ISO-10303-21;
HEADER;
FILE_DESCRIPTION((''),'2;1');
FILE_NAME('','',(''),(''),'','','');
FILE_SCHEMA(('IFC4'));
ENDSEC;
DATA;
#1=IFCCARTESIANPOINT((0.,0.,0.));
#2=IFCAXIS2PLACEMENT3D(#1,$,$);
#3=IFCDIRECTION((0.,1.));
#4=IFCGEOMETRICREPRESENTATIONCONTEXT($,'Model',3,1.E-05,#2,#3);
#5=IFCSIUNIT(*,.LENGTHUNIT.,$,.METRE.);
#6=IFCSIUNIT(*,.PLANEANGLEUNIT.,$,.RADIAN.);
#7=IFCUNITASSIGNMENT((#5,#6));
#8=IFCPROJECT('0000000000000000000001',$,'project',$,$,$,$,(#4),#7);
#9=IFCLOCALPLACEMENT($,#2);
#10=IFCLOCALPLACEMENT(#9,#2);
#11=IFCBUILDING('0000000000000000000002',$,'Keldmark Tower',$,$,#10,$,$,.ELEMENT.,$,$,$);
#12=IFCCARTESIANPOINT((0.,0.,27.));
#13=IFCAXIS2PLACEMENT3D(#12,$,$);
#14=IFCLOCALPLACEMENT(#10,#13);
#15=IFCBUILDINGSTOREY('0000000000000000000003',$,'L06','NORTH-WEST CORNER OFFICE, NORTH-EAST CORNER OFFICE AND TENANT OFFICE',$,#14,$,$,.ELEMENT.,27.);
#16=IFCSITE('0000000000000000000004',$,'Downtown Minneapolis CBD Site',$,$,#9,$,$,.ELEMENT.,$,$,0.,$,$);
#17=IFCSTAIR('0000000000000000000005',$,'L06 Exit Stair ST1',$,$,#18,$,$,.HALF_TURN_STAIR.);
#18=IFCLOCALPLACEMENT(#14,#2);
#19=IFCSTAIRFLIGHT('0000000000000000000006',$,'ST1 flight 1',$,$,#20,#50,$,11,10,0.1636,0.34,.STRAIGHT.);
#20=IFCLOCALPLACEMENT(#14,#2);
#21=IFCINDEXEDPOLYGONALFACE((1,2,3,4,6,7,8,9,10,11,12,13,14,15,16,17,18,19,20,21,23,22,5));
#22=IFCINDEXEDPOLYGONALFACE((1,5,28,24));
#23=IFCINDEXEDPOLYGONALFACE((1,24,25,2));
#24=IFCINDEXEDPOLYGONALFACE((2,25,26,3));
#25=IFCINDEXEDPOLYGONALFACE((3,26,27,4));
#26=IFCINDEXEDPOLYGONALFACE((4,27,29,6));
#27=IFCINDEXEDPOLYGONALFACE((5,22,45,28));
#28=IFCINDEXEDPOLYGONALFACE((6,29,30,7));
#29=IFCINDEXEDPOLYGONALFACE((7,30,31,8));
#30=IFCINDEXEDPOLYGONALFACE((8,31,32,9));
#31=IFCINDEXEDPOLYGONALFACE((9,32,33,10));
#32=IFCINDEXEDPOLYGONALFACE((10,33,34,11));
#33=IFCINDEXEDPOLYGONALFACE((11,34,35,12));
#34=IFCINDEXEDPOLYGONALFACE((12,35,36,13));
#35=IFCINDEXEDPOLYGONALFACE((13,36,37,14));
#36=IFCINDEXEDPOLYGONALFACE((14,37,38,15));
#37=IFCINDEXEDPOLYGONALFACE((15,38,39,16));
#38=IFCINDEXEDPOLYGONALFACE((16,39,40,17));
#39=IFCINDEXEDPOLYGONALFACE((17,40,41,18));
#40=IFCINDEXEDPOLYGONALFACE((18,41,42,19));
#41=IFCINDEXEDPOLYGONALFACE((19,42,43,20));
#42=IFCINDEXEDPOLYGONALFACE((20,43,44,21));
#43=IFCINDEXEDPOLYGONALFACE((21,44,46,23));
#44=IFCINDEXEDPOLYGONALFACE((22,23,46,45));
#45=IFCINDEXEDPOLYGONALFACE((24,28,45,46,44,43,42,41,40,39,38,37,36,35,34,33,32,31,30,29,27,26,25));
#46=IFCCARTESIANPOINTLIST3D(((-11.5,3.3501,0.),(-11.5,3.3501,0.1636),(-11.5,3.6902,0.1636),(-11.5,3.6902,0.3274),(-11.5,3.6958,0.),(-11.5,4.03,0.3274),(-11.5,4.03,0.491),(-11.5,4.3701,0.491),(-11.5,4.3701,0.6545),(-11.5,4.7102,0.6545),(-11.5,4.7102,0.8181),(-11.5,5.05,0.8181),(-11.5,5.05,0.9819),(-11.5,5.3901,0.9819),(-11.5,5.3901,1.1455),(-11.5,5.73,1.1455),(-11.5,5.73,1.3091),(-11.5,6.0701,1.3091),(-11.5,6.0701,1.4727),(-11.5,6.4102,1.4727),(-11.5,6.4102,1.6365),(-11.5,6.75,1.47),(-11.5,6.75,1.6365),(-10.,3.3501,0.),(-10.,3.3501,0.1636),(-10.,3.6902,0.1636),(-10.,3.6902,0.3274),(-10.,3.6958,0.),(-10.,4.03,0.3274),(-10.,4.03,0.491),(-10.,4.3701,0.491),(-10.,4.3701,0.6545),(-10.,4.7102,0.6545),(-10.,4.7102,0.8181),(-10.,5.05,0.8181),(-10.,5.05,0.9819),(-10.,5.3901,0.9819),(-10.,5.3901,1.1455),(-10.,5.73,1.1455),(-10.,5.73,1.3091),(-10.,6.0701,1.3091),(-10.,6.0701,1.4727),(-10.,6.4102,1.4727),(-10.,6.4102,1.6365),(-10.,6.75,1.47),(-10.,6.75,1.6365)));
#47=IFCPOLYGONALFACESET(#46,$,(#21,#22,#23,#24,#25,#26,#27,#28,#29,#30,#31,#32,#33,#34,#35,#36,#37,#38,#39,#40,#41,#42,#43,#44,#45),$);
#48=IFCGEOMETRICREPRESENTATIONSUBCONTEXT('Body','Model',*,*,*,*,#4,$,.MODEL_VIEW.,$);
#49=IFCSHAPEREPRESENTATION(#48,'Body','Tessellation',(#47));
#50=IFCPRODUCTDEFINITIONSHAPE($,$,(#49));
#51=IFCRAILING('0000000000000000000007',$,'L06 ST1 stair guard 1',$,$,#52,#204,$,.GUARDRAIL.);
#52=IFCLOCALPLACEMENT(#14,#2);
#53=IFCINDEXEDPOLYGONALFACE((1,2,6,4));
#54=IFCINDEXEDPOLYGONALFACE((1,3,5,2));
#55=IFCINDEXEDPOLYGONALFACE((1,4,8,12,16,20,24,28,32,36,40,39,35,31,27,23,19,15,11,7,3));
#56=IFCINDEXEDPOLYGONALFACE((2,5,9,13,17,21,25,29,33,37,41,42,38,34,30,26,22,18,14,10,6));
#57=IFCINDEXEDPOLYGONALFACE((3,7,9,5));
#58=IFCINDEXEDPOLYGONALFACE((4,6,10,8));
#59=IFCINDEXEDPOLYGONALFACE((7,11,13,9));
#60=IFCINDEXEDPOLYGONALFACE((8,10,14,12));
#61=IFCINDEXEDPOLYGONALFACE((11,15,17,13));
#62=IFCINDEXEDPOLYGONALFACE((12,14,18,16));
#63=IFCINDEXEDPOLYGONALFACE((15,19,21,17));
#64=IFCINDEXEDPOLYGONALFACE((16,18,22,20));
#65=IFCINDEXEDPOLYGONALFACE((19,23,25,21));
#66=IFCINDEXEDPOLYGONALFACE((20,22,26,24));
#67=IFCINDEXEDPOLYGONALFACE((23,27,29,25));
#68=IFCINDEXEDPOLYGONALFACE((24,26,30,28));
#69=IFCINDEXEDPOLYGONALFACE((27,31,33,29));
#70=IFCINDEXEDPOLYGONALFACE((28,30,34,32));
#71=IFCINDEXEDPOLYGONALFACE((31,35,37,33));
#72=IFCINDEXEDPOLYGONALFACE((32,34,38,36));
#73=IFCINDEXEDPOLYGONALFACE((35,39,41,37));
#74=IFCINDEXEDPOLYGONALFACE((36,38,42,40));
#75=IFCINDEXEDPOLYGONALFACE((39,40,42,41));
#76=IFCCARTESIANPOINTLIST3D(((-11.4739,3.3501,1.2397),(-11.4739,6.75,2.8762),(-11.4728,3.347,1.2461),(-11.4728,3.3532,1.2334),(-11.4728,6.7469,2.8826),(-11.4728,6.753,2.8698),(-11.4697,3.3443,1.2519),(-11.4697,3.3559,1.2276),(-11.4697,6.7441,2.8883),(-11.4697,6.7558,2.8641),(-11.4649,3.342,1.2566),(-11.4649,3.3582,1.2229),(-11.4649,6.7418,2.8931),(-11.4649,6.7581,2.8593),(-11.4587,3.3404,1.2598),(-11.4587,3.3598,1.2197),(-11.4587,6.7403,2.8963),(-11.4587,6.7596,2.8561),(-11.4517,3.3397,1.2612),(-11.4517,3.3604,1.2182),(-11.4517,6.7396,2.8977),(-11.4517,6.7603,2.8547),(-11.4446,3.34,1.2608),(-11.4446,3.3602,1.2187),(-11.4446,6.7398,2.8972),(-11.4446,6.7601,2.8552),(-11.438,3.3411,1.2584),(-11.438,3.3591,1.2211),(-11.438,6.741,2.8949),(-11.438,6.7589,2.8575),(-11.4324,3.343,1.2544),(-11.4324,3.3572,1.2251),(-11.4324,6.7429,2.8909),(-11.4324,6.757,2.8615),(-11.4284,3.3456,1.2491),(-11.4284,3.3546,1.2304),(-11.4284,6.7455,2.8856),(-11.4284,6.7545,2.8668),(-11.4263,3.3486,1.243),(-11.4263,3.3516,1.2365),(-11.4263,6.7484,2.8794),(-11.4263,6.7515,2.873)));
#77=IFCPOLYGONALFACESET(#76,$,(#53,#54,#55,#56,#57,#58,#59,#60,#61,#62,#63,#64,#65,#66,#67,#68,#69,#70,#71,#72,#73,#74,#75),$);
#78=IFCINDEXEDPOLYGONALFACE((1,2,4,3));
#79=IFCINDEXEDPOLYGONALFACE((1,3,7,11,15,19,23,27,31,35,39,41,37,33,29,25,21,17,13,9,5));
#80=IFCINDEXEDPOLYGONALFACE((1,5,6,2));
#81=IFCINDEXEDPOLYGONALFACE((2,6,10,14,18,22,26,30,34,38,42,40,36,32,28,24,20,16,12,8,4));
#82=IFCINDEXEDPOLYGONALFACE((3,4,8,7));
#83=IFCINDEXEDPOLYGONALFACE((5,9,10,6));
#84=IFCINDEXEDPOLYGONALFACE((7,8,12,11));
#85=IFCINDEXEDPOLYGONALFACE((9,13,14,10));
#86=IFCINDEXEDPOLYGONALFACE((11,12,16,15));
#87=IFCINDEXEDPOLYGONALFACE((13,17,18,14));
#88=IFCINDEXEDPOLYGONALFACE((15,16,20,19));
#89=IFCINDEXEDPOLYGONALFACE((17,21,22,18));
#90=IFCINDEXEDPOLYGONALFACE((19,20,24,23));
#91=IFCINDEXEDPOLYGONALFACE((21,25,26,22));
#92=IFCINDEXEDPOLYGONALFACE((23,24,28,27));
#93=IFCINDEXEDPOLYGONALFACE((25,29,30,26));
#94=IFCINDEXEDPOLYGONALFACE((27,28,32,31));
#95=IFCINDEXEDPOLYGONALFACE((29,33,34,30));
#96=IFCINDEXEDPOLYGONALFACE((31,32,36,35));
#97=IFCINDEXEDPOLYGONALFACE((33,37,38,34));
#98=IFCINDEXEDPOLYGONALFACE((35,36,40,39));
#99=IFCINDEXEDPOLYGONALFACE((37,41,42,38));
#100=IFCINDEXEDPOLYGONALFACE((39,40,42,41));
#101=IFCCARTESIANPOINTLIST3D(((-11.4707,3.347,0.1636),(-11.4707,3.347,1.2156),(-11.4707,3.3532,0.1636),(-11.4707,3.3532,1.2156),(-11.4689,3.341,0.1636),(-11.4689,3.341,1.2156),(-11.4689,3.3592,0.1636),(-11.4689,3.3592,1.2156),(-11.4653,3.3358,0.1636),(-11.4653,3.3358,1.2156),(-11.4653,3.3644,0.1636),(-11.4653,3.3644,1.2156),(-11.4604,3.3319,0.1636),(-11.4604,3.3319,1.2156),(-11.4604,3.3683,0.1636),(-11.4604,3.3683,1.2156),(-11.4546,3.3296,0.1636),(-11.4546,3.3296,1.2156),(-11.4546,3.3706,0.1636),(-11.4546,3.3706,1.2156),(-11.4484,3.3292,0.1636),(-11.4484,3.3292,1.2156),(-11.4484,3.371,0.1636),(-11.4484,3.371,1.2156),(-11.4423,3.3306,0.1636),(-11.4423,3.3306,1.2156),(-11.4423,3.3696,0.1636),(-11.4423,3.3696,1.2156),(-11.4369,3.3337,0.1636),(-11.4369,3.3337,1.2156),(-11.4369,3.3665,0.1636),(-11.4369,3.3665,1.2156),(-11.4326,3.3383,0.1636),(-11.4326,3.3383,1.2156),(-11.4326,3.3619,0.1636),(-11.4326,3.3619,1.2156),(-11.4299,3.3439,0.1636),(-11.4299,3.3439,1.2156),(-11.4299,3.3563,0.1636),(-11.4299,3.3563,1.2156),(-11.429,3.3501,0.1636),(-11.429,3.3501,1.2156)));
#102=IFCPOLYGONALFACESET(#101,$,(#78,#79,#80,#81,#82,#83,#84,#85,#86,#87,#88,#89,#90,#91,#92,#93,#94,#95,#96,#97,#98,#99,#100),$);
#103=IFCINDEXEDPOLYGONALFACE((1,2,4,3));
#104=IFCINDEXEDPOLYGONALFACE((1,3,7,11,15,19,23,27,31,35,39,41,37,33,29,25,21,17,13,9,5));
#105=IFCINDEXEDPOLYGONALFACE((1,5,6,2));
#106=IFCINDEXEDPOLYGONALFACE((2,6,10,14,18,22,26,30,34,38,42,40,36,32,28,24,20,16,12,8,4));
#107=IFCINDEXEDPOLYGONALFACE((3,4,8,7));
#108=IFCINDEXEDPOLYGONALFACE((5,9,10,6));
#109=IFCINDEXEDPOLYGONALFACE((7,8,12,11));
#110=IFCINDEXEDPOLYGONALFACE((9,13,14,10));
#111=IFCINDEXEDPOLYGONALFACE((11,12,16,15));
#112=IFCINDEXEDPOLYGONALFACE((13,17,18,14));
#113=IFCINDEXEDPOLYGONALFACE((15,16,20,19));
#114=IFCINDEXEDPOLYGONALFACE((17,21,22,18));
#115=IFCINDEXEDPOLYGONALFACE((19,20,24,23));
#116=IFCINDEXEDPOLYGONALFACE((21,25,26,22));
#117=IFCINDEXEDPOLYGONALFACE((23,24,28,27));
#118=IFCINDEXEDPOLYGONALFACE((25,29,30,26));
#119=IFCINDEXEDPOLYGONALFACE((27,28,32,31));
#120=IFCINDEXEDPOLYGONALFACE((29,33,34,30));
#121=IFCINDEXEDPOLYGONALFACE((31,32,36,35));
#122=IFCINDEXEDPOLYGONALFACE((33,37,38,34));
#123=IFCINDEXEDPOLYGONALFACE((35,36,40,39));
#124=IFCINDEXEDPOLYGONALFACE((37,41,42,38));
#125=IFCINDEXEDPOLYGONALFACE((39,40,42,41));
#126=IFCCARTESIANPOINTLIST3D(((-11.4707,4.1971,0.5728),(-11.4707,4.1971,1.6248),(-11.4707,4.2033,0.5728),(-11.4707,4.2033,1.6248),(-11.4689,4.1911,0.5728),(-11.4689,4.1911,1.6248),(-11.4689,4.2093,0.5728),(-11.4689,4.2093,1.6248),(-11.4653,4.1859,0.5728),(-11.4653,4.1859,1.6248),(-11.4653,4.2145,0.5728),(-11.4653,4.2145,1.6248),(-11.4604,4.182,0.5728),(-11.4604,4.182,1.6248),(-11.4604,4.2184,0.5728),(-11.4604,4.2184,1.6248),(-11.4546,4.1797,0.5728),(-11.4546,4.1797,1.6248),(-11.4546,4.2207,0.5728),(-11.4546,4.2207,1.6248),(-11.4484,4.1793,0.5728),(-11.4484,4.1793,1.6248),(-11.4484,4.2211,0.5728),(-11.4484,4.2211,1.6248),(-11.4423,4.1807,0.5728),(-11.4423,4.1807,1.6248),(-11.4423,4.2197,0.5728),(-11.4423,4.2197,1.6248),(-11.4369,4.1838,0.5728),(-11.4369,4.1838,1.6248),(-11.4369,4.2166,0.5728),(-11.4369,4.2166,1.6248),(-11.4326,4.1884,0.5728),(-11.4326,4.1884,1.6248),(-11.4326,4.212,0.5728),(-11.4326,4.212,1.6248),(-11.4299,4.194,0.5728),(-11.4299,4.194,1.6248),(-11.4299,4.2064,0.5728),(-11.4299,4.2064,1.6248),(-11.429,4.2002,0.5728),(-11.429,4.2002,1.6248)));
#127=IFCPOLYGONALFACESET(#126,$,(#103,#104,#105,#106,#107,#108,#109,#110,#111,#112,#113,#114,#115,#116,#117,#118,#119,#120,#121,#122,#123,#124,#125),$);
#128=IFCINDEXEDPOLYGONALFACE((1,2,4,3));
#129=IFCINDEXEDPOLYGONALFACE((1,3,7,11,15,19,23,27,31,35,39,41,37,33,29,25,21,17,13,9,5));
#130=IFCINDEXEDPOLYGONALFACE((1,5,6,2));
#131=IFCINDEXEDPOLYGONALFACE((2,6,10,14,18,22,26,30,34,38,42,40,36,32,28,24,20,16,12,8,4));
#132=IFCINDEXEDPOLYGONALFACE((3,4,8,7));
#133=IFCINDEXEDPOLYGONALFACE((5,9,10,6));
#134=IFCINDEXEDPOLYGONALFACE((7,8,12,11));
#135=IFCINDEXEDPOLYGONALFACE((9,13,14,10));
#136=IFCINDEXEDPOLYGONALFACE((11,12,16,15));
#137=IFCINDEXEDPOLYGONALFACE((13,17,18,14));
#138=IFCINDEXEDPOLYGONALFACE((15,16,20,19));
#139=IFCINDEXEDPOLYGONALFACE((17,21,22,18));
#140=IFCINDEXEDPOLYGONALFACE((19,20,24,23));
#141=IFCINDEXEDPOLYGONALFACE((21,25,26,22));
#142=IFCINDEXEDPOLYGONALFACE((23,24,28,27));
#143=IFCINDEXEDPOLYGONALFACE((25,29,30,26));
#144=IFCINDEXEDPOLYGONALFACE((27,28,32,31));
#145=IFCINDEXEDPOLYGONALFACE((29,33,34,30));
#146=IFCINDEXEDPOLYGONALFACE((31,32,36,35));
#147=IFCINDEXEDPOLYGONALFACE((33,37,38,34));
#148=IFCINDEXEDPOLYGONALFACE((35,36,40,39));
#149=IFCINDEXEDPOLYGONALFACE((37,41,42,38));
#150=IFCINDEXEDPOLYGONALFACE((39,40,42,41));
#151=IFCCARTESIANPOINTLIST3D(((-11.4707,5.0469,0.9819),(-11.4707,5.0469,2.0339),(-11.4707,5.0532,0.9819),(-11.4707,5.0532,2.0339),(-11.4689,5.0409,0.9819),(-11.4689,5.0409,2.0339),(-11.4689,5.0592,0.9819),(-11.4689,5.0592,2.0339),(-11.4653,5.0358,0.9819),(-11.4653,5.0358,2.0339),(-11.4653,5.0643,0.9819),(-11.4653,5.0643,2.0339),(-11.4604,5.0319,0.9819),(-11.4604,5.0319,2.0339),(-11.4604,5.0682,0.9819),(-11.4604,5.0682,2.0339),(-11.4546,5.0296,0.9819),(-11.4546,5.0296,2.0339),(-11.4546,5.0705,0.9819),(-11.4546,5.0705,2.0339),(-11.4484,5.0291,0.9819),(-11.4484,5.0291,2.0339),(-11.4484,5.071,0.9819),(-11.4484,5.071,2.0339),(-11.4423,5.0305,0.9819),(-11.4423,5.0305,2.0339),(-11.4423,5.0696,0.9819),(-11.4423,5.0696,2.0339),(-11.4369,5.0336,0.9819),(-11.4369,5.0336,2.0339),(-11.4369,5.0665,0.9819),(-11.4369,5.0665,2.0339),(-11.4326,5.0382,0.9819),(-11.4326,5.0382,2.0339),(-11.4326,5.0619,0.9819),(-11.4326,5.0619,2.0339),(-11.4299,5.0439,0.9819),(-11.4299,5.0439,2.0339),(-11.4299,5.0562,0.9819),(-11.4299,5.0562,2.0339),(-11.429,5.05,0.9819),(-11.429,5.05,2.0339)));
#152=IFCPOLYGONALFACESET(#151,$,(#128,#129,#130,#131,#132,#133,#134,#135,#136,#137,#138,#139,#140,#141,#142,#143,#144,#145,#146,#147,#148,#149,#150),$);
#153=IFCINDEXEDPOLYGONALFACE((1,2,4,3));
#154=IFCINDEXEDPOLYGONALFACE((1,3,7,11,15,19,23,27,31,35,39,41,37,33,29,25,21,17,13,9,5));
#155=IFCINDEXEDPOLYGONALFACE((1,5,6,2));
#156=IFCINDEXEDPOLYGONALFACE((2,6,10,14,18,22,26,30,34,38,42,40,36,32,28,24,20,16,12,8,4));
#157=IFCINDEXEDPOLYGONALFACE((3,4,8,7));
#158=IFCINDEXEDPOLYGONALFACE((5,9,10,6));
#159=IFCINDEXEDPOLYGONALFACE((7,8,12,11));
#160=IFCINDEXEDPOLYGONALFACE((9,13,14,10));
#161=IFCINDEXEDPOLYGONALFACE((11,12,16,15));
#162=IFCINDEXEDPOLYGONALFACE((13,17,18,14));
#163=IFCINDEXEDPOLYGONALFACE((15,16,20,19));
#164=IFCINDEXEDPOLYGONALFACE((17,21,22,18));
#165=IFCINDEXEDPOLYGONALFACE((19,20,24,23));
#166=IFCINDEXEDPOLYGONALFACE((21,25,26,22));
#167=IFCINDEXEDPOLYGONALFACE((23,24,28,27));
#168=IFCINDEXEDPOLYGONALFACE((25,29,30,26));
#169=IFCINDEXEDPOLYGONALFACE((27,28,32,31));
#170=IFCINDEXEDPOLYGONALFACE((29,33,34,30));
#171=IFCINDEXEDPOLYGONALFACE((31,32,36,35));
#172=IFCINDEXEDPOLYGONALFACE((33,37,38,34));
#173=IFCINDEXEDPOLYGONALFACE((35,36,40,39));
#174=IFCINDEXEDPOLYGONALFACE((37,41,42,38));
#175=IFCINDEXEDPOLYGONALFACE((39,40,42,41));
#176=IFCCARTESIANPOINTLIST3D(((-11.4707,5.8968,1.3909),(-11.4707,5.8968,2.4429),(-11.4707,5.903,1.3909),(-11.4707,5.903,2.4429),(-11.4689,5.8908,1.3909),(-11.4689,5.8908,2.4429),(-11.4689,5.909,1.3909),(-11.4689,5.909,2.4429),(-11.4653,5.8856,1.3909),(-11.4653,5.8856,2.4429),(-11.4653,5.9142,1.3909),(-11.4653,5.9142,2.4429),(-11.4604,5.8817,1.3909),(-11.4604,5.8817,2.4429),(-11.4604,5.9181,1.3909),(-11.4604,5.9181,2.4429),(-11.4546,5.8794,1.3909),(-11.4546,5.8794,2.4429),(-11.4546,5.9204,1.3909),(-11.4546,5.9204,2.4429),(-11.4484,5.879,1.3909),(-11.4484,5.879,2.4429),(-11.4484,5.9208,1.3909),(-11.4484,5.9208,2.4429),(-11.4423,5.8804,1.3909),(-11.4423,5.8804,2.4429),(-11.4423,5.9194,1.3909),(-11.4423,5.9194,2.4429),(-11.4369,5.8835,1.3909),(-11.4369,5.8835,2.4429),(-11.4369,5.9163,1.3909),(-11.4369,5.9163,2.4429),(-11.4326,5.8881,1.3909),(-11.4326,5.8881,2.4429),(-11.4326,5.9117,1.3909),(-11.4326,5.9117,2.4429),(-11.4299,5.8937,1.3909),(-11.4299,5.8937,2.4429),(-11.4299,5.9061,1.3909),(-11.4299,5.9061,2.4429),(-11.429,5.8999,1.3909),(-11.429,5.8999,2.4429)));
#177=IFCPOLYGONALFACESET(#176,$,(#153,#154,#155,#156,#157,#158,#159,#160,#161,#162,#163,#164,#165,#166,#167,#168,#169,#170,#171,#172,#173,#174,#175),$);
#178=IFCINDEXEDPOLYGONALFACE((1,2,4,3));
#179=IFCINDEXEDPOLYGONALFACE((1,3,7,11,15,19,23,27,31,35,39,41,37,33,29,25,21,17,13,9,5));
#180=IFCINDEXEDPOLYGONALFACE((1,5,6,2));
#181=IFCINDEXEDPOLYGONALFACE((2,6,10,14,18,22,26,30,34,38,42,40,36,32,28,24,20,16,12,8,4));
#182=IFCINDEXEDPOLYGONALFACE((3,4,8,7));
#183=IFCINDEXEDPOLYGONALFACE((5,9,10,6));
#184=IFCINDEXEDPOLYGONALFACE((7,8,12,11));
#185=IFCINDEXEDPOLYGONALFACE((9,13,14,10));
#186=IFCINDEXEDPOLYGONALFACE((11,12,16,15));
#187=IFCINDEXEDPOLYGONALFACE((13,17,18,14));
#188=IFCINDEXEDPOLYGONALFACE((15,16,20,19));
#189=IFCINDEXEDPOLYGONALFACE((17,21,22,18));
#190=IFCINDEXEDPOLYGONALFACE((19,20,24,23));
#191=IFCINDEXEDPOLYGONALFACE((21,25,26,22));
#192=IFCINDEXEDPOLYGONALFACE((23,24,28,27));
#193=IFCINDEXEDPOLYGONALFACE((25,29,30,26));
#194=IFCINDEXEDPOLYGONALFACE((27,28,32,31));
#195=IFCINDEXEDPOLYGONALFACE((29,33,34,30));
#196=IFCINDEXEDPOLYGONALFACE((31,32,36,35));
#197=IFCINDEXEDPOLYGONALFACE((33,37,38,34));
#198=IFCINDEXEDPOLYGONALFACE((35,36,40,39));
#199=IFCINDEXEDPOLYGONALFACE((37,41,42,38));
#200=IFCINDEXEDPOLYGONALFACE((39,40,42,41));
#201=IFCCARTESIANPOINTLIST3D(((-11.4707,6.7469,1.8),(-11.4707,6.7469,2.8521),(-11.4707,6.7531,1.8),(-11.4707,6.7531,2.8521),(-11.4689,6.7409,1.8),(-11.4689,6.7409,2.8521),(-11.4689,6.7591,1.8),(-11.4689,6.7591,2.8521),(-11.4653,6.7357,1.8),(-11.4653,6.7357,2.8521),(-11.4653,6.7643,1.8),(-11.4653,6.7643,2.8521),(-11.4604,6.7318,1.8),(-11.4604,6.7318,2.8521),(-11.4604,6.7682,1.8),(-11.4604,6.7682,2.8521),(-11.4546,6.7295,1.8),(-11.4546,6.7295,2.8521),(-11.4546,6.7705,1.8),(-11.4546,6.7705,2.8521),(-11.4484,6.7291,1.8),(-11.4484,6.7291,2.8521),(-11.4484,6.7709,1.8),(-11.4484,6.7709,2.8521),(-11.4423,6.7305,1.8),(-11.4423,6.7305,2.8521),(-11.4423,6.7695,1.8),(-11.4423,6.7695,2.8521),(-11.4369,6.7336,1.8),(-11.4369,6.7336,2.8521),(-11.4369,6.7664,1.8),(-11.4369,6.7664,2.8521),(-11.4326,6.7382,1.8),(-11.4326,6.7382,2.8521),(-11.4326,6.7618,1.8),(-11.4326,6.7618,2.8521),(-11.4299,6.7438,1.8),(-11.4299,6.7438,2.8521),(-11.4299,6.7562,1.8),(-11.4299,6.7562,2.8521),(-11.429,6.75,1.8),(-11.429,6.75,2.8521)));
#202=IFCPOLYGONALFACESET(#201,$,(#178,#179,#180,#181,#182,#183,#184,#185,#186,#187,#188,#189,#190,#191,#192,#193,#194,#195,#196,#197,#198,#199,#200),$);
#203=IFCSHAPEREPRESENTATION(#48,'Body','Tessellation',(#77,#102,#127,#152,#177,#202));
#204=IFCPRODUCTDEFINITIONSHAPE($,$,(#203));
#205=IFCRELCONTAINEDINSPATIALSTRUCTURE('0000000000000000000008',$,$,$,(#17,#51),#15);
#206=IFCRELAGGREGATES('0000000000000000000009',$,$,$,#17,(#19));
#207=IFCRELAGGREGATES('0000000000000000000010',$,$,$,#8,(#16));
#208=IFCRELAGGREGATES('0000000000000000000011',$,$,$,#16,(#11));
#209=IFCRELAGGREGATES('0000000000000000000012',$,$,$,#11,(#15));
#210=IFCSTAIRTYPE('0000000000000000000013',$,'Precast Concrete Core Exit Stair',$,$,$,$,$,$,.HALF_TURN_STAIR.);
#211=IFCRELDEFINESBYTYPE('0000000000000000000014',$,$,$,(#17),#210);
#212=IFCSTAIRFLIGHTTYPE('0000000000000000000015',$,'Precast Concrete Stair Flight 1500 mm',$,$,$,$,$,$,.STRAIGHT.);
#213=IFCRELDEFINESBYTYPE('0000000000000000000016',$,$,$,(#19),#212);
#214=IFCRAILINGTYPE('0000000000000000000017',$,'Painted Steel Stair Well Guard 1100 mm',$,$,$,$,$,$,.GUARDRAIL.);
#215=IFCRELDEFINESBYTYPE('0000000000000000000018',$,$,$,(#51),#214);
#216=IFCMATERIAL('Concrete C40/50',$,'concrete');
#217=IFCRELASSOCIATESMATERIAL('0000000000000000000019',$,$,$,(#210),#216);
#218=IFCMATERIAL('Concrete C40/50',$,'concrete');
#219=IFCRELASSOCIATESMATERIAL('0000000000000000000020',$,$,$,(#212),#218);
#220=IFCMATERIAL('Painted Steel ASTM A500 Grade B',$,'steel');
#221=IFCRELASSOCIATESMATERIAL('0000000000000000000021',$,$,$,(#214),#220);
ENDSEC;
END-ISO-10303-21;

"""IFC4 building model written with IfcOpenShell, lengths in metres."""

from ifc_helpers import new_model, si_unit, direction, frame, origin, origin_2d, place, context, subcontext, project, spatial, polyline, circle, outline, extrude, material, type_object, element, aggregate, save


model = new_model("IFC4")

# Units and contexts
model_context = context("Model", 3, precision=1e-05, world=origin(), true_north=direction((0.0, 1.0)))
body_context = subcontext(model_context, "Body", "Model", "MODEL_VIEW")
ifc_project = project(units=[si_unit("LENGTHUNIT", "METRE"), si_unit("PLANEANGLEUNIT", "RADIAN")], contexts=[model_context])

# Site, building, storey
site_placement = place(None, origin())
site = spatial("IfcSite", under=ifc_project, at=site_placement, Name="Downtown Minneapolis CBD Site", CompositionType="ELEMENT", RefElevation=0.0)
building_placement = place(site_placement, origin())
building = spatial("IfcBuilding", under=site, at=building_placement, Name="Keldmark Tower", CompositionType="ELEMENT")
storey_placement = place(building_placement, frame((0.0, 0.0, 27.0)))
storey = spatial("IfcBuildingStorey", under=building, at=storey_placement, Name="L06", Description="NORTH-WEST CORNER OFFICE, NORTH-EAST CORNER OFFICE AND TENANT OFFICE", CompositionType="ELEMENT", Elevation=27.0)

# Stair, stair flight
ifc_material_1 = material(Name="Concrete C40/50", Category="concrete")
stair_type = type_object("IfcStairType", Name="Precast Concrete Core Exit Stair", PredefinedType="HALF_TURN_STAIR", material=ifc_material_1)
stair_placement = place(storey_placement, origin())
stair = element("IfcStair", 1, at=stair_placement, inside=storey, type_object=stair_type, Name="L06 Exit Stair ST1", PredefinedType="HALF_TURN_STAIR")
ifc_material_2 = material(Name="Concrete C40/50", Category="concrete")
stair_flight_type = type_object("IfcStairFlightType", Name="Precast Concrete Stair Flight 1500 mm", PredefinedType="STRAIGHT", material=ifc_material_2)
stair_flight_placement = place(storey_placement, frame((-10.75, 3.3501, 0.0), z_axis=(0.0, 0.0, 1.0), x_axis=(0.0, 1.0, 0.0)))
stair_flight = element("IfcStairFlight", 2, at=stair_flight_placement, type_object=stair_flight_type, Name="ST1 flight 1", NumberOfRisers=11, NumberOfTreads=10, PredefinedType="STRAIGHT", RiserHeight=0.1636, TreadLength=0.34, context=body_context, shape_type="SweptSolid", body=[
    extrude(outline(polyline([(0.0, 0.0), (0.0, 0.1636), (0.3401, 0.1636), (0.3401, 0.3274), (0.6799, 0.3274), (0.6799, 0.491), (1.02, 0.491), (1.02, 0.6545), (1.3601, 0.6545), (1.3601, 0.8181), (1.7, 0.8181), (1.7, 0.9819), (2.04, 0.9819), (2.04, 1.1455), (2.3799, 1.1455), (2.3799, 1.3091), (2.72, 1.3091), (2.72, 1.4727), (3.0601, 1.4727), (3.0601, 1.6365), (3.3999, 1.6365), (3.3999, 1.8), (3.3999, 1.47), (0.3457, 0.0), (0.0, 0.0)])), frame((0.0, 0.75, 0.0), z_axis=(0.0, -1.0, 0.0), x_axis=(1.0, 0.0, 0.0)), (0.0, 0.0, 1.0), 1.5),
])
aggregate(stair, [stair_flight])

# Railing
ifc_material_3 = material(Name="Painted Steel ASTM A500 Grade B", Category="steel")
railing_type_1 = type_object("IfcRailingType", Name="Painted Steel Stair Well Guard 1100 mm", PredefinedType="GUARDRAIL", material=ifc_material_3)
railing_1_placement = place(storey_placement, frame((-11.45, 3.3501, 0.1636)))
element("IfcRailing", 3, at=railing_1_placement, inside=storey, type_object=railing_type_1, Name="L06 ST1 stair guard 1", PredefinedType="GUARDRAIL", context=body_context, shape_type="SweptSolid", body=[
    extrude(circle(Radius=0.0239, at=origin_2d()), frame((0.0, 0.0, 1.0762), z_axis=(0.0, 0.901055, 0.433705), x_axis=(-1.0, 0.0, 0.0)), (0.0, 0.0, 1.0), 3.7732),
    extrude(circle(Radius=0.021, at=origin_2d()), origin(), (0.0, 0.0, 1.0), 1.052),
    extrude(circle(Radius=0.021, at=origin_2d()), frame((0.0, 0.8501, 0.4092)), (0.0, 0.0, 1.0), 1.052),
    extrude(circle(Radius=0.021, at=origin_2d()), frame((0.0, 1.7, 0.8184)), (0.0, 0.0, 1.0), 1.052),
    extrude(circle(Radius=0.021, at=origin_2d()), frame((0.0, 2.5498, 1.2273)), (0.0, 0.0, 1.0), 1.052),
    extrude(circle(Radius=0.021, at=origin_2d()), frame((0.0, 3.3999, 1.6365)), (0.0, 0.0, 1.0), 1.052),
])

save(model, "model.ifc")
